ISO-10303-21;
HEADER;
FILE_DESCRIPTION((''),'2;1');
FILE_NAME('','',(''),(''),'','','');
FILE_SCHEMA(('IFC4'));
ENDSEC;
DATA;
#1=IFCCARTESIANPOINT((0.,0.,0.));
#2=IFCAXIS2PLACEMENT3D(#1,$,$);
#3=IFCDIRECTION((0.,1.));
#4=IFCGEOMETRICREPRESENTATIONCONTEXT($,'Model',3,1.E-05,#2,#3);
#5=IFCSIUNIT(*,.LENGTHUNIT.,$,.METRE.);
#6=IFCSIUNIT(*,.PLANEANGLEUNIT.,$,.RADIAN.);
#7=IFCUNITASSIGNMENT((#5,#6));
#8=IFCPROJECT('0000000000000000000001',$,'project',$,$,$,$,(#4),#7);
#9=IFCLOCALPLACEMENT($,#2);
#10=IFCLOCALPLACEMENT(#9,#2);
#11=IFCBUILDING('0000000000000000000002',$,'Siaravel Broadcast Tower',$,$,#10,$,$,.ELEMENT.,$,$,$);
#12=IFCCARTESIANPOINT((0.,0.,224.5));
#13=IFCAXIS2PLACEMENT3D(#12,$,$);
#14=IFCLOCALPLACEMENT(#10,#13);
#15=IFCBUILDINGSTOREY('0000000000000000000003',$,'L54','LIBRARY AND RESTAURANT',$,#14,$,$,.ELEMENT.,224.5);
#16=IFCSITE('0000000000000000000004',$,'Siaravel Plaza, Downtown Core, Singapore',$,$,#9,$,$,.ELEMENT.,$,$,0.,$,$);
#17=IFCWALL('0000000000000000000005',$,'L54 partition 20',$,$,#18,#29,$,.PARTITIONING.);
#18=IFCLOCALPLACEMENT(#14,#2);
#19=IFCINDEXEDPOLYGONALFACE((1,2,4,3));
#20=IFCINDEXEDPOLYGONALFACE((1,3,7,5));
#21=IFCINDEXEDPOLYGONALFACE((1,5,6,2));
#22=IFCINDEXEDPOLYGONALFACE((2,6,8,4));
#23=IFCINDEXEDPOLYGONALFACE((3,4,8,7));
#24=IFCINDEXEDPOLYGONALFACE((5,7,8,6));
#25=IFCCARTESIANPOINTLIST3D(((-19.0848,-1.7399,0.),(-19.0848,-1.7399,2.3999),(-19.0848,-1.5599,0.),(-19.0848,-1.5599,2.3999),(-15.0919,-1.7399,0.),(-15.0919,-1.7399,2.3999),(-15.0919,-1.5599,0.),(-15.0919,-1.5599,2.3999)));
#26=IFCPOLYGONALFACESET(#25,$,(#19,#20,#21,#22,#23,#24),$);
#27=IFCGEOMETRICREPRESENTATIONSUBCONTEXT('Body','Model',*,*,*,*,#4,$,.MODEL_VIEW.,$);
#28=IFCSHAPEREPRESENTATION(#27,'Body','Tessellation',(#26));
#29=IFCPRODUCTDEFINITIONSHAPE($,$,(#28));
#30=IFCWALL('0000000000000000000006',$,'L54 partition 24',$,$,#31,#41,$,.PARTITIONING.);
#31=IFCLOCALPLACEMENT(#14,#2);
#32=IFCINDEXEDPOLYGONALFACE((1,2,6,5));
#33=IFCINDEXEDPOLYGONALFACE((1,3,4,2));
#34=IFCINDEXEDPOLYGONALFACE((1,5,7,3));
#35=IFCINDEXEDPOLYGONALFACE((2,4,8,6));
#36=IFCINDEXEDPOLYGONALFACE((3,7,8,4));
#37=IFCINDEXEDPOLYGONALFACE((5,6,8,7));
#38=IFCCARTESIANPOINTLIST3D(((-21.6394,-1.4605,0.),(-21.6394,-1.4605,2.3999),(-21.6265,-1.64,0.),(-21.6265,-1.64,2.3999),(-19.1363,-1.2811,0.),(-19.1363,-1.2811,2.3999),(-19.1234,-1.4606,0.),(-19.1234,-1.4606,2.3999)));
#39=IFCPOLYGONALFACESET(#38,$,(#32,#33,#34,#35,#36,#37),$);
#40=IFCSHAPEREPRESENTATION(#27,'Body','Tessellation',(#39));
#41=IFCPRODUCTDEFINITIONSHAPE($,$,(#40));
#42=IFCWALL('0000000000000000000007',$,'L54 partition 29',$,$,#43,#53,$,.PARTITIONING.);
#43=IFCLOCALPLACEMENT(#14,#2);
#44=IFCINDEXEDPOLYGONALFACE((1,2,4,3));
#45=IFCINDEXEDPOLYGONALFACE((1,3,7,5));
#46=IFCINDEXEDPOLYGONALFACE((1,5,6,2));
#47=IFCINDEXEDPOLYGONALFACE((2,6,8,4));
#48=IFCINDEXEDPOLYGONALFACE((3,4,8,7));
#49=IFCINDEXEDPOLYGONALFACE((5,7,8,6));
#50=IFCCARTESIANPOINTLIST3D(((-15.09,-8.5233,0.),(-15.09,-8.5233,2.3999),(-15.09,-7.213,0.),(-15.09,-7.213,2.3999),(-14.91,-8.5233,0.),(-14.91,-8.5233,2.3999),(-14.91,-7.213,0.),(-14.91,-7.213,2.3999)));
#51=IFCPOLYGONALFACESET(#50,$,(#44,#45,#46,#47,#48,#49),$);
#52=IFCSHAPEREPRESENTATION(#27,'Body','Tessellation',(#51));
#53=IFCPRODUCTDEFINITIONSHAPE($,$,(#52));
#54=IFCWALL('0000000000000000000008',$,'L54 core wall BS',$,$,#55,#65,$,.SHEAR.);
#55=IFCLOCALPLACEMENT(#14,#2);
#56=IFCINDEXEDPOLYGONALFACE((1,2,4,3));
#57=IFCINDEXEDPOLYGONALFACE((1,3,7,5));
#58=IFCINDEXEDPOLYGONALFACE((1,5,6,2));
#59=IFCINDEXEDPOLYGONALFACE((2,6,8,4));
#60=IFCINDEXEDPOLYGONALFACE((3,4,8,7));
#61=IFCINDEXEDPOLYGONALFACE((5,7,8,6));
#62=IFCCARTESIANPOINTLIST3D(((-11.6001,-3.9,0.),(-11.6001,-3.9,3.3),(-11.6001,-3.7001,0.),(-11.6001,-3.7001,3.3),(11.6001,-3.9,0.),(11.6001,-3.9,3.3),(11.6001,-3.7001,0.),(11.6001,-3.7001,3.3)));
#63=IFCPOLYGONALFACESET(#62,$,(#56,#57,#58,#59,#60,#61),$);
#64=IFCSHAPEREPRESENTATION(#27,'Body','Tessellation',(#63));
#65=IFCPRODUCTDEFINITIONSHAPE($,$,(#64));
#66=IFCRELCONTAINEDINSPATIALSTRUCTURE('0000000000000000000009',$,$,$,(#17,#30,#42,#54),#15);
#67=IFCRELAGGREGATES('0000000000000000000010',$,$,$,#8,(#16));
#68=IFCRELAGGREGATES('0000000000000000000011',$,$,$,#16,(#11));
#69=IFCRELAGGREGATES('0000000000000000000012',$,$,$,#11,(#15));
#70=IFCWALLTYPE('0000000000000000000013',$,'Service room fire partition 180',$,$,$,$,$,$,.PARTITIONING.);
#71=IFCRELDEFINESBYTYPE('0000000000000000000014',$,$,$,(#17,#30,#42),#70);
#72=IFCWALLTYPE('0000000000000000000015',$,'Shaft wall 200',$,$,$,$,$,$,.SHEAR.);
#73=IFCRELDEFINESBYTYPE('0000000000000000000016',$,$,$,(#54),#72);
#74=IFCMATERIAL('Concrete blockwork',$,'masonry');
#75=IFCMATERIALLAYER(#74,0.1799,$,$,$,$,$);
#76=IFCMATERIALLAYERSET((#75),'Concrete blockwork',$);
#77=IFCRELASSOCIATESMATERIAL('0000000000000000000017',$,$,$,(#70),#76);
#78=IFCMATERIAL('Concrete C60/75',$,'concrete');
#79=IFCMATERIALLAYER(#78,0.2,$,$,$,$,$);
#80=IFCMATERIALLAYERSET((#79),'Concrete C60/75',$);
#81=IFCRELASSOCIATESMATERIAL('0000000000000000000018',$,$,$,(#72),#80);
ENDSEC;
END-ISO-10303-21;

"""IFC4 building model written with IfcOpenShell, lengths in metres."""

from ifc_helpers import new_model, si_unit, direction, frame, frame_2d, origin, place, context, subcontext, project, spatial, rectangle, extrude, material, layer, layer_set, type_object, element, save


model = new_model("IFC4")

# Units and contexts
model_context = context("Model", 3, precision=1e-05, world=origin(), true_north=direction((0.0, 1.0)))
body_context = subcontext(model_context, "Body", "Model", "MODEL_VIEW")
ifc_project = project(units=[si_unit("LENGTHUNIT", "METRE"), si_unit("PLANEANGLEUNIT", "RADIAN")], contexts=[model_context])

# Site, building, storey
site_placement = place(None, origin())
site = spatial("IfcSite", under=ifc_project, at=site_placement, Name="Siaravel Plaza, Downtown Core, Singapore", CompositionType="ELEMENT", RefElevation=0.0)
building_placement = place(site_placement, origin())
building = spatial("IfcBuilding", under=site, at=building_placement, Name="Siaravel Broadcast Tower", CompositionType="ELEMENT")
storey_placement = place(building_placement, frame((0.0, 0.0, 224.5)))
storey = spatial("IfcBuildingStorey", under=building, at=storey_placement, Name="L54", Description="LIBRARY AND RESTAURANT", CompositionType="ELEMENT", Elevation=224.5)

# Shared definitions
ifc_material_1 = material(Name="Concrete C60/75", Category="concrete")

# Shared definitions
ifc_material_2 = material(Name="Concrete blockwork", Category="masonry")
ifc_layer_1 = layer(ifc_material_2, 0.1799)
ifc_layer_set_1 = layer_set([ifc_layer_1], Name="Concrete blockwork")
wall_type_1 = type_object("IfcWallType", Name="Service room fire partition 180", PredefinedType="PARTITIONING", material=ifc_layer_set_1)

# Walls
wall_1_placement = place(storey_placement, frame((-19.085, -1.6499, 0.0), z_axis=(0.0, 0.0, 1.0), x_axis=(1.0, 0.0, 0.0)))
element("IfcWall", 1, at=wall_1_placement, inside=storey, type_object=wall_type_1, Name="L54 partition 20", PredefinedType="PARTITIONING", context=body_context, shape_type="SweptSolid", body=[
    extrude(rectangle(XDim=3.9929, YDim=0.1799, at=frame_2d((1.9966, 0.0))), origin(), (0.0, 0.0, 1.0), 2.3999),
])
wall_2_placement = place(storey_placement, frame((-21.6331, -1.5503, 0.0), z_axis=(0.0, 0.0, 1.0), x_axis=(0.99744, 0.071503, 0.0)))
element("IfcWall", 2, at=wall_2_placement, inside=storey, type_object=wall_type_1, Name="L54 partition 24", PredefinedType="PARTITIONING", context=body_context, shape_type="SweptSolid", body=[
    extrude(rectangle(XDim=2.5095, YDim=0.1799, at=frame_2d((1.2549, 0.0))), origin(), (0.0, 0.0, 1.0), 2.3999),
])
wall_3_placement = place(storey_placement, frame((-15.0, -7.2129, 0.0), z_axis=(0.0, 0.0, 1.0), x_axis=(0.0, -1.0, 0.0)))
element("IfcWall", 3, at=wall_3_placement, inside=storey, type_object=wall_type_1, Name="L54 partition 29", PredefinedType="PARTITIONING", context=body_context, shape_type="SweptSolid", body=[
    extrude(rectangle(XDim=1.3103, YDim=0.1799, at=frame_2d((0.6553, 0.0))), origin(), (0.0, 0.0, 1.0), 2.3999),
])
ifc_layer_2 = layer(ifc_material_1, 0.2)
ifc_layer_set_2 = layer_set([ifc_layer_2], Name="Concrete C60/75")
wall_type_2 = type_object("IfcWallType", Name="Shaft wall 200", PredefinedType="SHEAR", material=ifc_layer_set_2)
wall_4_placement = place(storey_placement, frame((-11.6001, -3.8, 0.0), z_axis=(0.0, 0.0, 1.0), x_axis=(1.0, 0.0, 0.0)))
element("IfcWall", 4, at=wall_4_placement, inside=storey, type_object=wall_type_2, Name="L54 core wall BS", PredefinedType="SHEAR", context=body_context, shape_type="SweptSolid", body=[
    extrude(rectangle(XDim=23.2002, YDim=0.2, at=frame_2d((11.6001, 0.0))), origin(), (0.0, 0.0, 1.0), 3.3),
])

save(model, "model.ifc")
